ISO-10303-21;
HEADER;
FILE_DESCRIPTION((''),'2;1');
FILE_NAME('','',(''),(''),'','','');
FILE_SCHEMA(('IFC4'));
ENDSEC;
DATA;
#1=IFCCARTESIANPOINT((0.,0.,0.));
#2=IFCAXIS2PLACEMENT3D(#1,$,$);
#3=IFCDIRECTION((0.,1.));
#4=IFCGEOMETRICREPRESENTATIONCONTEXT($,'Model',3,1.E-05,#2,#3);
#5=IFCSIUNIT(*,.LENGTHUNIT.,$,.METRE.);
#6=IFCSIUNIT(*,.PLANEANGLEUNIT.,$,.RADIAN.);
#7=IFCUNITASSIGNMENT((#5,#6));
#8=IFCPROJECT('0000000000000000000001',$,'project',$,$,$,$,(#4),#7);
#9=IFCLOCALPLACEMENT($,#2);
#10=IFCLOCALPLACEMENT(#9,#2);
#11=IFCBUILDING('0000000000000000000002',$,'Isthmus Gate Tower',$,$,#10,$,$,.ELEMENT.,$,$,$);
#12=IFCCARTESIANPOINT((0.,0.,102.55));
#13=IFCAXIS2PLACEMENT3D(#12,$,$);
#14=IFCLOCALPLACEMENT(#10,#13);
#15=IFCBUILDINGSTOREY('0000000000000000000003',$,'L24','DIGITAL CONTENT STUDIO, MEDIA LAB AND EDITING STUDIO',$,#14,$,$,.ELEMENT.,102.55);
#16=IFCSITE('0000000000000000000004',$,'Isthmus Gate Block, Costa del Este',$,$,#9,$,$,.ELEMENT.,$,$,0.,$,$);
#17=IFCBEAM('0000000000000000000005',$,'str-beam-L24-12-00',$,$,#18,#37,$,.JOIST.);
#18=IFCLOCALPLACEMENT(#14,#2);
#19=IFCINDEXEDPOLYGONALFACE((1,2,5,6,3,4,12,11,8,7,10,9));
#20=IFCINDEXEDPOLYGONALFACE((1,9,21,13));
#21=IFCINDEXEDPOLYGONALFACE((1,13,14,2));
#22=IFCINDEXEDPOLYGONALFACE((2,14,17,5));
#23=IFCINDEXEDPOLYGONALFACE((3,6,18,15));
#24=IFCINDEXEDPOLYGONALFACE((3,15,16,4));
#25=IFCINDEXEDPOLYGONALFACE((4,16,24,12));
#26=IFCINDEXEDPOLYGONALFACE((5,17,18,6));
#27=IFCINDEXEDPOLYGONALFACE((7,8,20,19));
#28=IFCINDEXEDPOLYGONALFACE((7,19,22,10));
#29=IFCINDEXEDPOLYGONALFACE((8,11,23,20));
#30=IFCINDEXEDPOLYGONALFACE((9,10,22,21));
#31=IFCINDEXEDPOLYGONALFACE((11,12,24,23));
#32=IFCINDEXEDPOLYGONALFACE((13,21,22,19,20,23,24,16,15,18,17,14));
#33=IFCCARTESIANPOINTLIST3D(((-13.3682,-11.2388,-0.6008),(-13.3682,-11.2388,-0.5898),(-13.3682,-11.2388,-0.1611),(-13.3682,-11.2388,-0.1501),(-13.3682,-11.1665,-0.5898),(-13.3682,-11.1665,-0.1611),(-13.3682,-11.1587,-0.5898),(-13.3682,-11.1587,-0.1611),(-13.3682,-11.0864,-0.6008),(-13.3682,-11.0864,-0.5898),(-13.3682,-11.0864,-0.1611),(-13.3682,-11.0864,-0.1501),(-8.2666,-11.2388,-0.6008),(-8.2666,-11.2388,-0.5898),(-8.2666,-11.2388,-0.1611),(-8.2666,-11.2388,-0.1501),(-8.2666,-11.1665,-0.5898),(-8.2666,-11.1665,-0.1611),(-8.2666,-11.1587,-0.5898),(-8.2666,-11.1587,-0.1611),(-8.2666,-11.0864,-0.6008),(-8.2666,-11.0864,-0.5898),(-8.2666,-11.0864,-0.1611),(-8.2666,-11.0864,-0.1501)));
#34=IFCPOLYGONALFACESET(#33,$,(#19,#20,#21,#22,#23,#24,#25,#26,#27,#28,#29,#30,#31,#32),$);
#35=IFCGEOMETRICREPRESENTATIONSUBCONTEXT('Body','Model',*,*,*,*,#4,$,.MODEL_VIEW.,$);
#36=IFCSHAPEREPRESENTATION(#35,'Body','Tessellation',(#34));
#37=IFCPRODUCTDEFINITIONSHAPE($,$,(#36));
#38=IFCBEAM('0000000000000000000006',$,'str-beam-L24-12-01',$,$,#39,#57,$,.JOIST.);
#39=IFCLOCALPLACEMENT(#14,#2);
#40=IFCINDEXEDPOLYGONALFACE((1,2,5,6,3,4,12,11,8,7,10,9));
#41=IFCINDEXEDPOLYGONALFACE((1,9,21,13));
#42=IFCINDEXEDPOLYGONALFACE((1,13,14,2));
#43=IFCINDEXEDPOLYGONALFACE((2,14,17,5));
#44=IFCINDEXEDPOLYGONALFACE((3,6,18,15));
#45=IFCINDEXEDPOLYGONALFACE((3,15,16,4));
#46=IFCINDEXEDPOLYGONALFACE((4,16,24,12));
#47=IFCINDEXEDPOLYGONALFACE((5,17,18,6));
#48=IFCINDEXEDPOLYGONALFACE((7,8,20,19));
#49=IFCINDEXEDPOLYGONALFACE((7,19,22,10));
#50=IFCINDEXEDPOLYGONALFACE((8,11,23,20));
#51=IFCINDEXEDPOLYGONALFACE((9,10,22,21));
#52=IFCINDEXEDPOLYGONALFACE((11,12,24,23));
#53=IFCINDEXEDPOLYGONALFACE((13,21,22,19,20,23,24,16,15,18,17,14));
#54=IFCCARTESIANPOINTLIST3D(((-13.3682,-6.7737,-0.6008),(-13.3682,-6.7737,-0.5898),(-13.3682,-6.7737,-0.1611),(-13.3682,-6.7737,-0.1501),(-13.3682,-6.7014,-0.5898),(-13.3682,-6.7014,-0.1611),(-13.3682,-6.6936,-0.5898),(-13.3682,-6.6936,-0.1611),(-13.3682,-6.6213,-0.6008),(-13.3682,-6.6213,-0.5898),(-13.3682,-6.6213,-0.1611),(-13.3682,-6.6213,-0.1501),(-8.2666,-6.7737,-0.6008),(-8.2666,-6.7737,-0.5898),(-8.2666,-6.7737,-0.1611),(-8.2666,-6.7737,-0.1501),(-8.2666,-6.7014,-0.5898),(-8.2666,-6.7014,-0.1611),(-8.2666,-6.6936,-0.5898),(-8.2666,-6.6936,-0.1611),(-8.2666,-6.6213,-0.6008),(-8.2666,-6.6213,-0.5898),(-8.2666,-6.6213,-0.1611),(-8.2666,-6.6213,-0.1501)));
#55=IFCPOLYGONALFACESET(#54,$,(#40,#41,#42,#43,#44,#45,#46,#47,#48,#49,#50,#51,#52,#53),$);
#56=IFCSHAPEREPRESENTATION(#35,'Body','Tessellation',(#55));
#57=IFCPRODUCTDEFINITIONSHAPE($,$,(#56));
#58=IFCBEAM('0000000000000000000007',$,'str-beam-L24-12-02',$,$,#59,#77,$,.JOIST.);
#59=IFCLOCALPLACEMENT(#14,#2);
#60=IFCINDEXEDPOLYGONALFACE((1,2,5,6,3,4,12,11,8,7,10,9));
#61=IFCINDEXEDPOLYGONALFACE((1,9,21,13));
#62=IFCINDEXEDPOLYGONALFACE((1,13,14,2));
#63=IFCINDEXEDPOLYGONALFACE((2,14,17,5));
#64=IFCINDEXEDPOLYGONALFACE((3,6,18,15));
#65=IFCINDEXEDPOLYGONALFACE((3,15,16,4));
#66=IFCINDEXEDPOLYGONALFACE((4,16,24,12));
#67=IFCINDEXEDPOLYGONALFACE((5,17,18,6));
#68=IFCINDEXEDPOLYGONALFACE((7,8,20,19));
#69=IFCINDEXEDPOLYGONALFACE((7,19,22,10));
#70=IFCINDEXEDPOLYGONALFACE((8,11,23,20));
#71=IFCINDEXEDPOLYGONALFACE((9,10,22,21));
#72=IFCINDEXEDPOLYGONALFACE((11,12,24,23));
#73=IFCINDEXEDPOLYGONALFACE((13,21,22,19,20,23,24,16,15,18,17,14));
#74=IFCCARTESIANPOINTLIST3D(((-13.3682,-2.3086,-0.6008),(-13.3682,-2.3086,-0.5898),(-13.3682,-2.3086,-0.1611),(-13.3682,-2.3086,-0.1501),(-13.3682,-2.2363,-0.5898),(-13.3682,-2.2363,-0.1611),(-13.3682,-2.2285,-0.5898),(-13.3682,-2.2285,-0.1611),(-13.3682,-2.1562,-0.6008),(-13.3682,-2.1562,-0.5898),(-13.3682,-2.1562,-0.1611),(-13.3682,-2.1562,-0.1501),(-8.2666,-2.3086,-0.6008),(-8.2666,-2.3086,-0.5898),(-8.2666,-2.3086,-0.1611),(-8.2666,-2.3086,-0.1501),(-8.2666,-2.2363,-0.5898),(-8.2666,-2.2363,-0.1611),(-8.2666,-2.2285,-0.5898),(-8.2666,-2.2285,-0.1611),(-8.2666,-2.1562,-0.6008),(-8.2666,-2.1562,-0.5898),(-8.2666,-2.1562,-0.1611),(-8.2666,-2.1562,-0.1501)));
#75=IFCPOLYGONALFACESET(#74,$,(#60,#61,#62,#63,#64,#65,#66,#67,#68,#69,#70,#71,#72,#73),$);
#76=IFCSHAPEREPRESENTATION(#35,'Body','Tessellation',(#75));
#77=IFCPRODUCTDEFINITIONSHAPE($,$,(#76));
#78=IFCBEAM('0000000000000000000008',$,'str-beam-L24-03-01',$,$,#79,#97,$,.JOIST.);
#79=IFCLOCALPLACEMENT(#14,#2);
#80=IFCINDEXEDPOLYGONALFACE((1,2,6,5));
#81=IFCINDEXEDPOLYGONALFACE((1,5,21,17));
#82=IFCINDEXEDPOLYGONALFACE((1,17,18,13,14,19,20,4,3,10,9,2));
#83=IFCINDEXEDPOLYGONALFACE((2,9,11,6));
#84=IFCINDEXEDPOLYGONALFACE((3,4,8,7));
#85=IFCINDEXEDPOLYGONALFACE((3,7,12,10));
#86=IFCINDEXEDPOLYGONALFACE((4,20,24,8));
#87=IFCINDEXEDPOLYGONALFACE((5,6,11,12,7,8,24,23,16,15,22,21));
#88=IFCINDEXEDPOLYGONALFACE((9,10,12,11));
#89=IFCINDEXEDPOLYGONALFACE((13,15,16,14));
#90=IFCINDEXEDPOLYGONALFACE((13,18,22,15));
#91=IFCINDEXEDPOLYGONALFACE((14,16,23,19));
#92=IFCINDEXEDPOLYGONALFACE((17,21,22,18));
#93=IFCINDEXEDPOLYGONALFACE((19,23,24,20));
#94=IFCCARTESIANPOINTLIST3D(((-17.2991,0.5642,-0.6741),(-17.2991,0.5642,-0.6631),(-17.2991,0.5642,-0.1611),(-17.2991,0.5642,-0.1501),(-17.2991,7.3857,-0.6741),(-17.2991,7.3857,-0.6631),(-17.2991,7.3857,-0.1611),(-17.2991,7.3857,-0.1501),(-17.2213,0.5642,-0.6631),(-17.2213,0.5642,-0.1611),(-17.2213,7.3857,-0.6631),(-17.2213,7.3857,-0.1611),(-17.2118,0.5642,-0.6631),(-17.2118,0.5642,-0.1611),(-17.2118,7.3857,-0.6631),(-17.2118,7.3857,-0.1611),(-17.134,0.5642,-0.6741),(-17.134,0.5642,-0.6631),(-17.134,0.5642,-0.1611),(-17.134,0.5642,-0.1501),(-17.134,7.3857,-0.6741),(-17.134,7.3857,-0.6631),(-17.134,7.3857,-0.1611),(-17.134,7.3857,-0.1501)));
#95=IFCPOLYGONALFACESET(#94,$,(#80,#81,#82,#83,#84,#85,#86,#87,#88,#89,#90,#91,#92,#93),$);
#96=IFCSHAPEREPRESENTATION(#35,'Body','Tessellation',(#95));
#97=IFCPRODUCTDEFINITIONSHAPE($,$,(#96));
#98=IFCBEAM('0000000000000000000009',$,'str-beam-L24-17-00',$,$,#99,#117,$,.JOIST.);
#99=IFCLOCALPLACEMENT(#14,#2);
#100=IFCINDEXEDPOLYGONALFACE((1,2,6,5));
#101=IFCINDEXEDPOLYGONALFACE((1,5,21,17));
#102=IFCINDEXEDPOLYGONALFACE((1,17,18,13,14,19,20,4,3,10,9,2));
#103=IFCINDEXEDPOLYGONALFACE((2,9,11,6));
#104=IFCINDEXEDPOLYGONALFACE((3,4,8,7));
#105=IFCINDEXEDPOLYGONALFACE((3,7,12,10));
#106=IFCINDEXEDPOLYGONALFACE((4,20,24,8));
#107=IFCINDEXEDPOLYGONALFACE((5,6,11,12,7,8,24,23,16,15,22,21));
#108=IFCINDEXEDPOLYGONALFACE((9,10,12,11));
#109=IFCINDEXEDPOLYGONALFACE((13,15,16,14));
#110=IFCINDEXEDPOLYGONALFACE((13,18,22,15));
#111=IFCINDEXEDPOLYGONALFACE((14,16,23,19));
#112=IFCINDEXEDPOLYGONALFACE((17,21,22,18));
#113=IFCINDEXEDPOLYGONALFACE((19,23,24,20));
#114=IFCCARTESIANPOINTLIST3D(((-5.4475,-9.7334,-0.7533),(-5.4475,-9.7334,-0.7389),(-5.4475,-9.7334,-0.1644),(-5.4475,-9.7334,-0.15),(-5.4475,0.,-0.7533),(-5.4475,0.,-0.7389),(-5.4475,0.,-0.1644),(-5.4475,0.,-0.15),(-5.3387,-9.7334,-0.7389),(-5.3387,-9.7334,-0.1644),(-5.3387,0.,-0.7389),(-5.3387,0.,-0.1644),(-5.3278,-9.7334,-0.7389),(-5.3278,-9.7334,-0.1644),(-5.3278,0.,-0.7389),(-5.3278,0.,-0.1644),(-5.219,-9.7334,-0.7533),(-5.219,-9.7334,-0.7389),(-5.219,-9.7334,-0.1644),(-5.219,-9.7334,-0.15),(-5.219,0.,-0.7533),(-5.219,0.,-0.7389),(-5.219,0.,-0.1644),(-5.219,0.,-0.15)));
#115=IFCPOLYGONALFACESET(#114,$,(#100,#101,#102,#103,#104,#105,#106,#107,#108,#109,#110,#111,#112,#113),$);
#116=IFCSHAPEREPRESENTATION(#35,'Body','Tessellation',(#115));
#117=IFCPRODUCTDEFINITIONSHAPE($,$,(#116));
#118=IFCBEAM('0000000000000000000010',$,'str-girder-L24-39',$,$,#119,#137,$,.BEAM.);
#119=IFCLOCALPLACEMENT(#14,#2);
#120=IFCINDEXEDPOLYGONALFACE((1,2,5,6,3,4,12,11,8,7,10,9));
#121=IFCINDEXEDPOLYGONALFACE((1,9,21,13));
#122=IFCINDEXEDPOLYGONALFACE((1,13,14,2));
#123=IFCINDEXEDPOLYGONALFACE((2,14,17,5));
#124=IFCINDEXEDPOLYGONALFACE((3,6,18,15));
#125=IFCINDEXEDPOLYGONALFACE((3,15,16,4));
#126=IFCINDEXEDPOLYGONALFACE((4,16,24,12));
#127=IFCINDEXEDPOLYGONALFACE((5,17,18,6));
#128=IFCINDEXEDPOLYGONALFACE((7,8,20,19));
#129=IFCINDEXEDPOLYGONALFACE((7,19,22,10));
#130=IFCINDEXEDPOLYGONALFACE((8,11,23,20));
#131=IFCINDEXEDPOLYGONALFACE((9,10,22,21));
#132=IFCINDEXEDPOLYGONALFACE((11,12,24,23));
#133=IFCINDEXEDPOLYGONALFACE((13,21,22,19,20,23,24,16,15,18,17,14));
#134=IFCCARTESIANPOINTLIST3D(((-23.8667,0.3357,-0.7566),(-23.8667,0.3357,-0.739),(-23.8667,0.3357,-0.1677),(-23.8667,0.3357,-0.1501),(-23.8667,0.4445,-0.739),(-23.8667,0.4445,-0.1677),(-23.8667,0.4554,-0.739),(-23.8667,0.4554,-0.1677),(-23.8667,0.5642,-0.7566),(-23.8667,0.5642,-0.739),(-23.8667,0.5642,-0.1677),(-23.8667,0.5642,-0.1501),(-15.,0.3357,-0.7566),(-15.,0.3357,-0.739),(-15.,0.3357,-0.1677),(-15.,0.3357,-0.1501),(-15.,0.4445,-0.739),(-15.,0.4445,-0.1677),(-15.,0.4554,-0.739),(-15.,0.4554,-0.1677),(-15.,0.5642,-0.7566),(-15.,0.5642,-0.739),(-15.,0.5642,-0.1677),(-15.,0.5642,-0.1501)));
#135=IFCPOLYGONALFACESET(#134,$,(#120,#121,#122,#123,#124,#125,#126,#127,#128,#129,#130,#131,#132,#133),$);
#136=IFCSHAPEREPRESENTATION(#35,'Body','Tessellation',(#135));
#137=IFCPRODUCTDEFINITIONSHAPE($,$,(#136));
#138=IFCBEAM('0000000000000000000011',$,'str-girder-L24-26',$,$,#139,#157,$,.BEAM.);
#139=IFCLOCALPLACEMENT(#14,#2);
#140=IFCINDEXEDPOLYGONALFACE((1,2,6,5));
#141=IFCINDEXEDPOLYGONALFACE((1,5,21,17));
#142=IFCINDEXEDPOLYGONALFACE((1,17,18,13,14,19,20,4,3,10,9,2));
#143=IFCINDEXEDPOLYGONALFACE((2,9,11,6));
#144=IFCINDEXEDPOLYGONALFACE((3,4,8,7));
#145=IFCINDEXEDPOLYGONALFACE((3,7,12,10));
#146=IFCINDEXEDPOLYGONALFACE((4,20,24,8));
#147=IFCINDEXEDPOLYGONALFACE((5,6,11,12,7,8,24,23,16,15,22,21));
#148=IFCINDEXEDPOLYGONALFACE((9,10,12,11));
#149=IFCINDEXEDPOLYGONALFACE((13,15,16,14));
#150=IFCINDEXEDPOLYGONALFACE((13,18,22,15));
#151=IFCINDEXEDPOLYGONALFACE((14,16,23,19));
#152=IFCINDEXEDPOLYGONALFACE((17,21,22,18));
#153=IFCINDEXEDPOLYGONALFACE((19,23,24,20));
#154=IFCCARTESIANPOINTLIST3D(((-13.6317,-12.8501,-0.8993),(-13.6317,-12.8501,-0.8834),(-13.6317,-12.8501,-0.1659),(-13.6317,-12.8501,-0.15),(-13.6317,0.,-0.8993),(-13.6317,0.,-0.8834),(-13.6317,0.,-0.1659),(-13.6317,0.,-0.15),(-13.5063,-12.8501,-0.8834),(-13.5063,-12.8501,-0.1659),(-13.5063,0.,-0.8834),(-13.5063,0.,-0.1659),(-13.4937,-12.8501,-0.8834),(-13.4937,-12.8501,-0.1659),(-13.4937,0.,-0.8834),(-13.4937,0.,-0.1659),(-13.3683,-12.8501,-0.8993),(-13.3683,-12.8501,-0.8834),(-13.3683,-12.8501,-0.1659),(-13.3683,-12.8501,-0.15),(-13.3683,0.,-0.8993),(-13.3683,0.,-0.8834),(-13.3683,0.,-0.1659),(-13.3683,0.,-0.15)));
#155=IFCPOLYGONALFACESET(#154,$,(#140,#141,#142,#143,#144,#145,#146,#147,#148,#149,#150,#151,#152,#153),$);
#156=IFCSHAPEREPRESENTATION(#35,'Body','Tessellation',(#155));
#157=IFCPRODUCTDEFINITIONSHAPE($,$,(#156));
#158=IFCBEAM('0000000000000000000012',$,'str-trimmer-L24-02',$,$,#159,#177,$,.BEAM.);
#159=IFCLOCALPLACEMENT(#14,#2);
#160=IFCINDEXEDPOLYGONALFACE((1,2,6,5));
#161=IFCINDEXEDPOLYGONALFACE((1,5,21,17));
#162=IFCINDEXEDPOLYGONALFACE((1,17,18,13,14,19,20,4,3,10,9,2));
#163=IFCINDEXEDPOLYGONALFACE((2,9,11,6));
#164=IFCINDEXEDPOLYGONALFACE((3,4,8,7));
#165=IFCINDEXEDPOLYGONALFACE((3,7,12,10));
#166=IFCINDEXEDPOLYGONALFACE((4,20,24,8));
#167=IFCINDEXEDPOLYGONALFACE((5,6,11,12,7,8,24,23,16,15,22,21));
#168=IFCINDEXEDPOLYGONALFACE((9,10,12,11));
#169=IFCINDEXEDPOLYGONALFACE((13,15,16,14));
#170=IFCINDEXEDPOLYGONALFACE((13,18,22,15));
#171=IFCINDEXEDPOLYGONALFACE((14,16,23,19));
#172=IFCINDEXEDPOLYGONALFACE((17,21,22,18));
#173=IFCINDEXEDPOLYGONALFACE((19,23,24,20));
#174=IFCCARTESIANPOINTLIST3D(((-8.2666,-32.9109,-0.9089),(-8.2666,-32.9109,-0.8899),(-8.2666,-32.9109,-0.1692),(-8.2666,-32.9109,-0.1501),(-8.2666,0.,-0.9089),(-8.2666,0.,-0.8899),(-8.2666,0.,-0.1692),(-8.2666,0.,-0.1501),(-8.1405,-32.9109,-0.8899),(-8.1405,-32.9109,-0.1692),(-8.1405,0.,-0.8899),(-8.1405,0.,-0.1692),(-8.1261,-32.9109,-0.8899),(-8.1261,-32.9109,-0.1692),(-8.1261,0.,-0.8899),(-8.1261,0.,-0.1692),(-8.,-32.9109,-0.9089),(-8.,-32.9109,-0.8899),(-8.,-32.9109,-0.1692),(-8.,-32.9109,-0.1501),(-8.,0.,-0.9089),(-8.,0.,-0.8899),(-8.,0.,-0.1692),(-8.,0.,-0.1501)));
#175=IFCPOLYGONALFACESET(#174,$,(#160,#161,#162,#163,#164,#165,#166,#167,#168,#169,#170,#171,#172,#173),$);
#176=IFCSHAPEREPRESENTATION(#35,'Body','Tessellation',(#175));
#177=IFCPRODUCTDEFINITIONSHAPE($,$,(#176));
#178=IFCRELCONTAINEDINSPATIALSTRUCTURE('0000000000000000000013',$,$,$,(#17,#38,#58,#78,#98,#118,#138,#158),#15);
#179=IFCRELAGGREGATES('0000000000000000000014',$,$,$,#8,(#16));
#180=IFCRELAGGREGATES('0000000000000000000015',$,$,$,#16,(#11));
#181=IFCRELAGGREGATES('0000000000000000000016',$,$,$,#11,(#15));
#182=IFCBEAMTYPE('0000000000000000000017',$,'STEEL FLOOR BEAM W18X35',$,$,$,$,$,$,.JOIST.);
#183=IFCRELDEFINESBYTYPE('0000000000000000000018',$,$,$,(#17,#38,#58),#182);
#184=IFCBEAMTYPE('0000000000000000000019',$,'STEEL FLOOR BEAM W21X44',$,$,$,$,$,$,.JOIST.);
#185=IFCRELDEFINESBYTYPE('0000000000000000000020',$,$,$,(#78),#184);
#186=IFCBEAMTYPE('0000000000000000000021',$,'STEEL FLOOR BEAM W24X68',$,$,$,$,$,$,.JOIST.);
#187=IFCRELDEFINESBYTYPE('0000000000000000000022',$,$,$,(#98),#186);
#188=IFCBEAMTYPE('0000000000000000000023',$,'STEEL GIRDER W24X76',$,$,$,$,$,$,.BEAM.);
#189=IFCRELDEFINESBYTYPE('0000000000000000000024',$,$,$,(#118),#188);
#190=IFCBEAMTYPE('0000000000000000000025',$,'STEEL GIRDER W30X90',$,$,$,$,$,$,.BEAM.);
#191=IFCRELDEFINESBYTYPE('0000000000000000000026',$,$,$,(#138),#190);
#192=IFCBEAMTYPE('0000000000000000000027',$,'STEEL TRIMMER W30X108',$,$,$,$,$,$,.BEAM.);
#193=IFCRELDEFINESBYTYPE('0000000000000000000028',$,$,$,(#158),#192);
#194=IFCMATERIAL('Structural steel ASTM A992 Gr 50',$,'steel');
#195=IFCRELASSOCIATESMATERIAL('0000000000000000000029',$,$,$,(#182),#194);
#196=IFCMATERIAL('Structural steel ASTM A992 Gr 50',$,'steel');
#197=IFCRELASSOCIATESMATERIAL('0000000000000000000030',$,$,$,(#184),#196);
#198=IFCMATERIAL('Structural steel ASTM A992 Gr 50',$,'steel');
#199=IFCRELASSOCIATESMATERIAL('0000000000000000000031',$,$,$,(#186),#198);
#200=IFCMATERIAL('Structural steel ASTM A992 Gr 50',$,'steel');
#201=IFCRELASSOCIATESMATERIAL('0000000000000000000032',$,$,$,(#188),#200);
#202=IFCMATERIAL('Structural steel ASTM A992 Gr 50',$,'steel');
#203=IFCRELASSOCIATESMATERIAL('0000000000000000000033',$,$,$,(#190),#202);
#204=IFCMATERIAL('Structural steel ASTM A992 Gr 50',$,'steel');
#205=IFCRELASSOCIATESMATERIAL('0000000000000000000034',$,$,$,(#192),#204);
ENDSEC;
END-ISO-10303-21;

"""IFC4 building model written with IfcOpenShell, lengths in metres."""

from ifc_helpers import new_model, si_unit, direction, frame, origin, origin_2d, place, context, subcontext, project, spatial, i_section, extrude, material, material_profile, profile_set, type_object, element, save


model = new_model("IFC4")

# Units and contexts
model_context = context("Model", 3, precision=1e-05, world=origin(), true_north=direction((0.0, 1.0)))
body_context = subcontext(model_context, "Body", "Model", "MODEL_VIEW")
ifc_project = project(units=[si_unit("LENGTHUNIT", "METRE"), si_unit("PLANEANGLEUNIT", "RADIAN")], contexts=[model_context])

# Site, building, storey
site_placement = place(None, origin())
site = spatial("IfcSite", under=ifc_project, at=site_placement, Name="Isthmus Gate Block, Costa del Este", CompositionType="ELEMENT", RefElevation=0.0)
building_placement = place(site_placement, origin())
building = spatial("IfcBuilding", under=site, at=building_placement, Name="Isthmus Gate Tower", CompositionType="ELEMENT")
storey_placement = place(building_placement, frame((0.0, 0.0, 102.55)))
storey = spatial("IfcBuildingStorey", under=building, at=storey_placement, Name="L24", Description="DIGITAL CONTENT STUDIO, MEDIA LAB AND EDITING STUDIO", CompositionType="ELEMENT", Elevation=102.55)

# Beams
ifc_material_1 = material(Name="Structural steel ASTM A992 Gr 50", Category="steel")
ifc_material_profile_1 = material_profile(ifc_material_1, i_section(OverallWidth=0.1523, OverallDepth=0.4507, WebThickness=0.0078, FlangeThickness=0.011, at=origin_2d()), Name="W18X35")
ifc_profile_set_1 = profile_set([ifc_material_profile_1], Name="Structural steel ASTM A992 Gr 50")
beam_type_1 = type_object("IfcBeamType", Name="STEEL FLOOR BEAM W18X35", PredefinedType="JOIST", material=ifc_profile_set_1)
for number, where, z_axis, x_axis, name in (
    (1, (-13.3682, -11.1626, -0.3755), (1.0, 0.0, 0.0), (0.0, 1.0, 0.0), "str-beam-L24-12-00"),
    (2, (-13.3682, -6.6975, -0.3755), (1.0, 0.0, 0.0), (0.0, 1.0, 0.0), "str-beam-L24-12-01"),
    (3, (-13.3682, -2.2324, -0.3755), (1.0, 0.0, 0.0), (0.0, 1.0, 0.0), "str-beam-L24-12-02"),
):
    element("IfcBeam", number, at=place(storey_placement, frame(where, z_axis=z_axis, x_axis=x_axis)), inside=storey, type_object=beam_type_1, Name=name, PredefinedType="JOIST", context=body_context, shape_type="SweptSolid", body=[
        extrude(i_section(OverallWidth=0.1523, OverallDepth=0.4507, WebThickness=0.0078, FlangeThickness=0.011, at=origin_2d()), origin(), (0.0, 0.0, 1.0), 5.1016),
    ])
ifc_material_2 = material(Name="Structural steel ASTM A992 Gr 50", Category="steel")
ifc_material_profile_2 = material_profile(ifc_material_2, i_section(OverallWidth=0.165, OverallDepth=0.5239, WebThickness=0.0095, FlangeThickness=0.011, at=origin_2d()), Name="W21X44")
ifc_profile_set_2 = profile_set([ifc_material_profile_2], Name="Structural steel ASTM A992 Gr 50")
beam_type_2 = type_object("IfcBeamType", Name="STEEL FLOOR BEAM W21X44", PredefinedType="JOIST", material=ifc_profile_set_2)
beam_1_placement = place(storey_placement, frame((-17.2166, 0.5642, -0.4121), z_axis=(0.0, 1.0, 0.0), x_axis=(-1.0, 0.0, 0.0)))
element("IfcBeam", 4, at=beam_1_placement, inside=storey, type_object=beam_type_2, Name="str-beam-L24-03-01", PredefinedType="JOIST", context=body_context, shape_type="SweptSolid", body=[
    extrude(i_section(OverallWidth=0.165, OverallDepth=0.5239, WebThickness=0.0095, FlangeThickness=0.011, at=origin_2d()), origin(), (0.0, 0.0, 1.0), 6.8215),
])
ifc_material_3 = material(Name="Structural steel ASTM A992 Gr 50", Category="steel")
ifc_material_profile_3 = material_profile(ifc_material_3, i_section(OverallWidth=0.2285, OverallDepth=0.6033, WebThickness=0.011, FlangeThickness=0.0144, at=origin_2d()), Name="W24X68")
ifc_profile_set_3 = profile_set([ifc_material_profile_3], Name="Structural steel ASTM A992 Gr 50")
beam_type_3 = type_object("IfcBeamType", Name="STEEL FLOOR BEAM W24X68", PredefinedType="JOIST", material=ifc_profile_set_3)
beam_2_placement = place(storey_placement, frame((-5.3333, -9.7334, -0.4517), z_axis=(0.0, 1.0, 0.0), x_axis=(-1.0, 0.0, 0.0)))
element("IfcBeam", 5, at=beam_2_placement, inside=storey, type_object=beam_type_3, Name="str-beam-L24-17-00", PredefinedType="JOIST", context=body_context, shape_type="SweptSolid", body=[
    extrude(i_section(OverallWidth=0.2285, OverallDepth=0.6033, WebThickness=0.011, FlangeThickness=0.0144, at=origin_2d()), origin(), (0.0, 0.0, 1.0), 9.7334),
])
ifc_material_4 = material(Name="Structural steel ASTM A992 Gr 50", Category="steel")
ifc_material_profile_4 = material_profile(ifc_material_4, i_section(OverallWidth=0.2285, OverallDepth=0.6064, WebThickness=0.011, FlangeThickness=0.0176, at=origin_2d()), Name="W24X76")
ifc_profile_set_4 = profile_set([ifc_material_profile_4], Name="Structural steel ASTM A992 Gr 50")
beam_type_4 = type_object("IfcBeamType", Name="STEEL GIRDER W24X76", PredefinedType="BEAM", material=ifc_profile_set_4)
beam_3_placement = place(storey_placement, frame((-15.0, 0.45, -0.4534), z_axis=(-1.0, 0.0, 0.0), x_axis=(0.0, -1.0, 0.0)))
element("IfcBeam", 6, at=beam_3_placement, inside=storey, type_object=beam_type_4, Name="str-girder-L24-39", PredefinedType="BEAM", context=body_context, shape_type="SweptSolid", body=[
    extrude(i_section(OverallWidth=0.2285, OverallDepth=0.6064, WebThickness=0.011, FlangeThickness=0.0176, at=origin_2d()), origin(), (0.0, 0.0, 1.0), 8.8667),
])
ifc_material_5 = material(Name="Structural steel ASTM A992 Gr 50", Category="steel")
ifc_material_profile_5 = material_profile(ifc_material_5, i_section(OverallWidth=0.2634, OverallDepth=0.7493, WebThickness=0.0127, FlangeThickness=0.0159, at=origin_2d()), Name="W30X90")
ifc_profile_set_5 = profile_set([ifc_material_profile_5], Name="Structural steel ASTM A992 Gr 50")
beam_type_5 = type_object("IfcBeamType", Name="STEEL GIRDER W30X90", PredefinedType="BEAM", material=ifc_profile_set_5)
beam_4_placement = place(storey_placement, frame((-13.5, -12.8501, -0.5247), z_axis=(0.0, 1.0, 0.0), x_axis=(-1.0, 0.0, 0.0)))
element("IfcBeam", 7, at=beam_4_placement, inside=storey, type_object=beam_type_5, Name="str-girder-L24-26", PredefinedType="BEAM", context=body_context, shape_type="SweptSolid", body=[
    extrude(i_section(OverallWidth=0.2634, OverallDepth=0.7493, WebThickness=0.0127, FlangeThickness=0.0159, at=origin_2d()), origin(), (0.0, 0.0, 1.0), 12.8501),
])
ifc_material_6 = material(Name="Structural steel ASTM A992 Gr 50", Category="steel")
ifc_material_profile_6 = material_profile(ifc_material_6, i_section(OverallWidth=0.2666, OverallDepth=0.7588, WebThickness=0.0144, FlangeThickness=0.019, at=origin_2d()), Name="W30X108")
ifc_profile_set_6 = profile_set([ifc_material_profile_6], Name="Structural steel ASTM A992 Gr 50")
beam_type_6 = type_object("IfcBeamType", Name="STEEL TRIMMER W30X108", PredefinedType="BEAM", material=ifc_profile_set_6)
beam_5_placement = place(storey_placement, frame((-8.1333, 0.0, -0.5295), z_axis=(0.0, -1.0, 0.0), x_axis=(1.0, 0.0, 0.0)))
element("IfcBeam", 8, at=beam_5_placement, inside=storey, type_object=beam_type_6, Name="str-trimmer-L24-02", PredefinedType="BEAM", context=body_context, shape_type="SweptSolid", body=[
    extrude(i_section(OverallWidth=0.2666, OverallDepth=0.7588, WebThickness=0.0144, FlangeThickness=0.019, at=origin_2d()), origin(), (0.0, 0.0, 1.0), 32.9109),
])

save(model, "model.ifc")
